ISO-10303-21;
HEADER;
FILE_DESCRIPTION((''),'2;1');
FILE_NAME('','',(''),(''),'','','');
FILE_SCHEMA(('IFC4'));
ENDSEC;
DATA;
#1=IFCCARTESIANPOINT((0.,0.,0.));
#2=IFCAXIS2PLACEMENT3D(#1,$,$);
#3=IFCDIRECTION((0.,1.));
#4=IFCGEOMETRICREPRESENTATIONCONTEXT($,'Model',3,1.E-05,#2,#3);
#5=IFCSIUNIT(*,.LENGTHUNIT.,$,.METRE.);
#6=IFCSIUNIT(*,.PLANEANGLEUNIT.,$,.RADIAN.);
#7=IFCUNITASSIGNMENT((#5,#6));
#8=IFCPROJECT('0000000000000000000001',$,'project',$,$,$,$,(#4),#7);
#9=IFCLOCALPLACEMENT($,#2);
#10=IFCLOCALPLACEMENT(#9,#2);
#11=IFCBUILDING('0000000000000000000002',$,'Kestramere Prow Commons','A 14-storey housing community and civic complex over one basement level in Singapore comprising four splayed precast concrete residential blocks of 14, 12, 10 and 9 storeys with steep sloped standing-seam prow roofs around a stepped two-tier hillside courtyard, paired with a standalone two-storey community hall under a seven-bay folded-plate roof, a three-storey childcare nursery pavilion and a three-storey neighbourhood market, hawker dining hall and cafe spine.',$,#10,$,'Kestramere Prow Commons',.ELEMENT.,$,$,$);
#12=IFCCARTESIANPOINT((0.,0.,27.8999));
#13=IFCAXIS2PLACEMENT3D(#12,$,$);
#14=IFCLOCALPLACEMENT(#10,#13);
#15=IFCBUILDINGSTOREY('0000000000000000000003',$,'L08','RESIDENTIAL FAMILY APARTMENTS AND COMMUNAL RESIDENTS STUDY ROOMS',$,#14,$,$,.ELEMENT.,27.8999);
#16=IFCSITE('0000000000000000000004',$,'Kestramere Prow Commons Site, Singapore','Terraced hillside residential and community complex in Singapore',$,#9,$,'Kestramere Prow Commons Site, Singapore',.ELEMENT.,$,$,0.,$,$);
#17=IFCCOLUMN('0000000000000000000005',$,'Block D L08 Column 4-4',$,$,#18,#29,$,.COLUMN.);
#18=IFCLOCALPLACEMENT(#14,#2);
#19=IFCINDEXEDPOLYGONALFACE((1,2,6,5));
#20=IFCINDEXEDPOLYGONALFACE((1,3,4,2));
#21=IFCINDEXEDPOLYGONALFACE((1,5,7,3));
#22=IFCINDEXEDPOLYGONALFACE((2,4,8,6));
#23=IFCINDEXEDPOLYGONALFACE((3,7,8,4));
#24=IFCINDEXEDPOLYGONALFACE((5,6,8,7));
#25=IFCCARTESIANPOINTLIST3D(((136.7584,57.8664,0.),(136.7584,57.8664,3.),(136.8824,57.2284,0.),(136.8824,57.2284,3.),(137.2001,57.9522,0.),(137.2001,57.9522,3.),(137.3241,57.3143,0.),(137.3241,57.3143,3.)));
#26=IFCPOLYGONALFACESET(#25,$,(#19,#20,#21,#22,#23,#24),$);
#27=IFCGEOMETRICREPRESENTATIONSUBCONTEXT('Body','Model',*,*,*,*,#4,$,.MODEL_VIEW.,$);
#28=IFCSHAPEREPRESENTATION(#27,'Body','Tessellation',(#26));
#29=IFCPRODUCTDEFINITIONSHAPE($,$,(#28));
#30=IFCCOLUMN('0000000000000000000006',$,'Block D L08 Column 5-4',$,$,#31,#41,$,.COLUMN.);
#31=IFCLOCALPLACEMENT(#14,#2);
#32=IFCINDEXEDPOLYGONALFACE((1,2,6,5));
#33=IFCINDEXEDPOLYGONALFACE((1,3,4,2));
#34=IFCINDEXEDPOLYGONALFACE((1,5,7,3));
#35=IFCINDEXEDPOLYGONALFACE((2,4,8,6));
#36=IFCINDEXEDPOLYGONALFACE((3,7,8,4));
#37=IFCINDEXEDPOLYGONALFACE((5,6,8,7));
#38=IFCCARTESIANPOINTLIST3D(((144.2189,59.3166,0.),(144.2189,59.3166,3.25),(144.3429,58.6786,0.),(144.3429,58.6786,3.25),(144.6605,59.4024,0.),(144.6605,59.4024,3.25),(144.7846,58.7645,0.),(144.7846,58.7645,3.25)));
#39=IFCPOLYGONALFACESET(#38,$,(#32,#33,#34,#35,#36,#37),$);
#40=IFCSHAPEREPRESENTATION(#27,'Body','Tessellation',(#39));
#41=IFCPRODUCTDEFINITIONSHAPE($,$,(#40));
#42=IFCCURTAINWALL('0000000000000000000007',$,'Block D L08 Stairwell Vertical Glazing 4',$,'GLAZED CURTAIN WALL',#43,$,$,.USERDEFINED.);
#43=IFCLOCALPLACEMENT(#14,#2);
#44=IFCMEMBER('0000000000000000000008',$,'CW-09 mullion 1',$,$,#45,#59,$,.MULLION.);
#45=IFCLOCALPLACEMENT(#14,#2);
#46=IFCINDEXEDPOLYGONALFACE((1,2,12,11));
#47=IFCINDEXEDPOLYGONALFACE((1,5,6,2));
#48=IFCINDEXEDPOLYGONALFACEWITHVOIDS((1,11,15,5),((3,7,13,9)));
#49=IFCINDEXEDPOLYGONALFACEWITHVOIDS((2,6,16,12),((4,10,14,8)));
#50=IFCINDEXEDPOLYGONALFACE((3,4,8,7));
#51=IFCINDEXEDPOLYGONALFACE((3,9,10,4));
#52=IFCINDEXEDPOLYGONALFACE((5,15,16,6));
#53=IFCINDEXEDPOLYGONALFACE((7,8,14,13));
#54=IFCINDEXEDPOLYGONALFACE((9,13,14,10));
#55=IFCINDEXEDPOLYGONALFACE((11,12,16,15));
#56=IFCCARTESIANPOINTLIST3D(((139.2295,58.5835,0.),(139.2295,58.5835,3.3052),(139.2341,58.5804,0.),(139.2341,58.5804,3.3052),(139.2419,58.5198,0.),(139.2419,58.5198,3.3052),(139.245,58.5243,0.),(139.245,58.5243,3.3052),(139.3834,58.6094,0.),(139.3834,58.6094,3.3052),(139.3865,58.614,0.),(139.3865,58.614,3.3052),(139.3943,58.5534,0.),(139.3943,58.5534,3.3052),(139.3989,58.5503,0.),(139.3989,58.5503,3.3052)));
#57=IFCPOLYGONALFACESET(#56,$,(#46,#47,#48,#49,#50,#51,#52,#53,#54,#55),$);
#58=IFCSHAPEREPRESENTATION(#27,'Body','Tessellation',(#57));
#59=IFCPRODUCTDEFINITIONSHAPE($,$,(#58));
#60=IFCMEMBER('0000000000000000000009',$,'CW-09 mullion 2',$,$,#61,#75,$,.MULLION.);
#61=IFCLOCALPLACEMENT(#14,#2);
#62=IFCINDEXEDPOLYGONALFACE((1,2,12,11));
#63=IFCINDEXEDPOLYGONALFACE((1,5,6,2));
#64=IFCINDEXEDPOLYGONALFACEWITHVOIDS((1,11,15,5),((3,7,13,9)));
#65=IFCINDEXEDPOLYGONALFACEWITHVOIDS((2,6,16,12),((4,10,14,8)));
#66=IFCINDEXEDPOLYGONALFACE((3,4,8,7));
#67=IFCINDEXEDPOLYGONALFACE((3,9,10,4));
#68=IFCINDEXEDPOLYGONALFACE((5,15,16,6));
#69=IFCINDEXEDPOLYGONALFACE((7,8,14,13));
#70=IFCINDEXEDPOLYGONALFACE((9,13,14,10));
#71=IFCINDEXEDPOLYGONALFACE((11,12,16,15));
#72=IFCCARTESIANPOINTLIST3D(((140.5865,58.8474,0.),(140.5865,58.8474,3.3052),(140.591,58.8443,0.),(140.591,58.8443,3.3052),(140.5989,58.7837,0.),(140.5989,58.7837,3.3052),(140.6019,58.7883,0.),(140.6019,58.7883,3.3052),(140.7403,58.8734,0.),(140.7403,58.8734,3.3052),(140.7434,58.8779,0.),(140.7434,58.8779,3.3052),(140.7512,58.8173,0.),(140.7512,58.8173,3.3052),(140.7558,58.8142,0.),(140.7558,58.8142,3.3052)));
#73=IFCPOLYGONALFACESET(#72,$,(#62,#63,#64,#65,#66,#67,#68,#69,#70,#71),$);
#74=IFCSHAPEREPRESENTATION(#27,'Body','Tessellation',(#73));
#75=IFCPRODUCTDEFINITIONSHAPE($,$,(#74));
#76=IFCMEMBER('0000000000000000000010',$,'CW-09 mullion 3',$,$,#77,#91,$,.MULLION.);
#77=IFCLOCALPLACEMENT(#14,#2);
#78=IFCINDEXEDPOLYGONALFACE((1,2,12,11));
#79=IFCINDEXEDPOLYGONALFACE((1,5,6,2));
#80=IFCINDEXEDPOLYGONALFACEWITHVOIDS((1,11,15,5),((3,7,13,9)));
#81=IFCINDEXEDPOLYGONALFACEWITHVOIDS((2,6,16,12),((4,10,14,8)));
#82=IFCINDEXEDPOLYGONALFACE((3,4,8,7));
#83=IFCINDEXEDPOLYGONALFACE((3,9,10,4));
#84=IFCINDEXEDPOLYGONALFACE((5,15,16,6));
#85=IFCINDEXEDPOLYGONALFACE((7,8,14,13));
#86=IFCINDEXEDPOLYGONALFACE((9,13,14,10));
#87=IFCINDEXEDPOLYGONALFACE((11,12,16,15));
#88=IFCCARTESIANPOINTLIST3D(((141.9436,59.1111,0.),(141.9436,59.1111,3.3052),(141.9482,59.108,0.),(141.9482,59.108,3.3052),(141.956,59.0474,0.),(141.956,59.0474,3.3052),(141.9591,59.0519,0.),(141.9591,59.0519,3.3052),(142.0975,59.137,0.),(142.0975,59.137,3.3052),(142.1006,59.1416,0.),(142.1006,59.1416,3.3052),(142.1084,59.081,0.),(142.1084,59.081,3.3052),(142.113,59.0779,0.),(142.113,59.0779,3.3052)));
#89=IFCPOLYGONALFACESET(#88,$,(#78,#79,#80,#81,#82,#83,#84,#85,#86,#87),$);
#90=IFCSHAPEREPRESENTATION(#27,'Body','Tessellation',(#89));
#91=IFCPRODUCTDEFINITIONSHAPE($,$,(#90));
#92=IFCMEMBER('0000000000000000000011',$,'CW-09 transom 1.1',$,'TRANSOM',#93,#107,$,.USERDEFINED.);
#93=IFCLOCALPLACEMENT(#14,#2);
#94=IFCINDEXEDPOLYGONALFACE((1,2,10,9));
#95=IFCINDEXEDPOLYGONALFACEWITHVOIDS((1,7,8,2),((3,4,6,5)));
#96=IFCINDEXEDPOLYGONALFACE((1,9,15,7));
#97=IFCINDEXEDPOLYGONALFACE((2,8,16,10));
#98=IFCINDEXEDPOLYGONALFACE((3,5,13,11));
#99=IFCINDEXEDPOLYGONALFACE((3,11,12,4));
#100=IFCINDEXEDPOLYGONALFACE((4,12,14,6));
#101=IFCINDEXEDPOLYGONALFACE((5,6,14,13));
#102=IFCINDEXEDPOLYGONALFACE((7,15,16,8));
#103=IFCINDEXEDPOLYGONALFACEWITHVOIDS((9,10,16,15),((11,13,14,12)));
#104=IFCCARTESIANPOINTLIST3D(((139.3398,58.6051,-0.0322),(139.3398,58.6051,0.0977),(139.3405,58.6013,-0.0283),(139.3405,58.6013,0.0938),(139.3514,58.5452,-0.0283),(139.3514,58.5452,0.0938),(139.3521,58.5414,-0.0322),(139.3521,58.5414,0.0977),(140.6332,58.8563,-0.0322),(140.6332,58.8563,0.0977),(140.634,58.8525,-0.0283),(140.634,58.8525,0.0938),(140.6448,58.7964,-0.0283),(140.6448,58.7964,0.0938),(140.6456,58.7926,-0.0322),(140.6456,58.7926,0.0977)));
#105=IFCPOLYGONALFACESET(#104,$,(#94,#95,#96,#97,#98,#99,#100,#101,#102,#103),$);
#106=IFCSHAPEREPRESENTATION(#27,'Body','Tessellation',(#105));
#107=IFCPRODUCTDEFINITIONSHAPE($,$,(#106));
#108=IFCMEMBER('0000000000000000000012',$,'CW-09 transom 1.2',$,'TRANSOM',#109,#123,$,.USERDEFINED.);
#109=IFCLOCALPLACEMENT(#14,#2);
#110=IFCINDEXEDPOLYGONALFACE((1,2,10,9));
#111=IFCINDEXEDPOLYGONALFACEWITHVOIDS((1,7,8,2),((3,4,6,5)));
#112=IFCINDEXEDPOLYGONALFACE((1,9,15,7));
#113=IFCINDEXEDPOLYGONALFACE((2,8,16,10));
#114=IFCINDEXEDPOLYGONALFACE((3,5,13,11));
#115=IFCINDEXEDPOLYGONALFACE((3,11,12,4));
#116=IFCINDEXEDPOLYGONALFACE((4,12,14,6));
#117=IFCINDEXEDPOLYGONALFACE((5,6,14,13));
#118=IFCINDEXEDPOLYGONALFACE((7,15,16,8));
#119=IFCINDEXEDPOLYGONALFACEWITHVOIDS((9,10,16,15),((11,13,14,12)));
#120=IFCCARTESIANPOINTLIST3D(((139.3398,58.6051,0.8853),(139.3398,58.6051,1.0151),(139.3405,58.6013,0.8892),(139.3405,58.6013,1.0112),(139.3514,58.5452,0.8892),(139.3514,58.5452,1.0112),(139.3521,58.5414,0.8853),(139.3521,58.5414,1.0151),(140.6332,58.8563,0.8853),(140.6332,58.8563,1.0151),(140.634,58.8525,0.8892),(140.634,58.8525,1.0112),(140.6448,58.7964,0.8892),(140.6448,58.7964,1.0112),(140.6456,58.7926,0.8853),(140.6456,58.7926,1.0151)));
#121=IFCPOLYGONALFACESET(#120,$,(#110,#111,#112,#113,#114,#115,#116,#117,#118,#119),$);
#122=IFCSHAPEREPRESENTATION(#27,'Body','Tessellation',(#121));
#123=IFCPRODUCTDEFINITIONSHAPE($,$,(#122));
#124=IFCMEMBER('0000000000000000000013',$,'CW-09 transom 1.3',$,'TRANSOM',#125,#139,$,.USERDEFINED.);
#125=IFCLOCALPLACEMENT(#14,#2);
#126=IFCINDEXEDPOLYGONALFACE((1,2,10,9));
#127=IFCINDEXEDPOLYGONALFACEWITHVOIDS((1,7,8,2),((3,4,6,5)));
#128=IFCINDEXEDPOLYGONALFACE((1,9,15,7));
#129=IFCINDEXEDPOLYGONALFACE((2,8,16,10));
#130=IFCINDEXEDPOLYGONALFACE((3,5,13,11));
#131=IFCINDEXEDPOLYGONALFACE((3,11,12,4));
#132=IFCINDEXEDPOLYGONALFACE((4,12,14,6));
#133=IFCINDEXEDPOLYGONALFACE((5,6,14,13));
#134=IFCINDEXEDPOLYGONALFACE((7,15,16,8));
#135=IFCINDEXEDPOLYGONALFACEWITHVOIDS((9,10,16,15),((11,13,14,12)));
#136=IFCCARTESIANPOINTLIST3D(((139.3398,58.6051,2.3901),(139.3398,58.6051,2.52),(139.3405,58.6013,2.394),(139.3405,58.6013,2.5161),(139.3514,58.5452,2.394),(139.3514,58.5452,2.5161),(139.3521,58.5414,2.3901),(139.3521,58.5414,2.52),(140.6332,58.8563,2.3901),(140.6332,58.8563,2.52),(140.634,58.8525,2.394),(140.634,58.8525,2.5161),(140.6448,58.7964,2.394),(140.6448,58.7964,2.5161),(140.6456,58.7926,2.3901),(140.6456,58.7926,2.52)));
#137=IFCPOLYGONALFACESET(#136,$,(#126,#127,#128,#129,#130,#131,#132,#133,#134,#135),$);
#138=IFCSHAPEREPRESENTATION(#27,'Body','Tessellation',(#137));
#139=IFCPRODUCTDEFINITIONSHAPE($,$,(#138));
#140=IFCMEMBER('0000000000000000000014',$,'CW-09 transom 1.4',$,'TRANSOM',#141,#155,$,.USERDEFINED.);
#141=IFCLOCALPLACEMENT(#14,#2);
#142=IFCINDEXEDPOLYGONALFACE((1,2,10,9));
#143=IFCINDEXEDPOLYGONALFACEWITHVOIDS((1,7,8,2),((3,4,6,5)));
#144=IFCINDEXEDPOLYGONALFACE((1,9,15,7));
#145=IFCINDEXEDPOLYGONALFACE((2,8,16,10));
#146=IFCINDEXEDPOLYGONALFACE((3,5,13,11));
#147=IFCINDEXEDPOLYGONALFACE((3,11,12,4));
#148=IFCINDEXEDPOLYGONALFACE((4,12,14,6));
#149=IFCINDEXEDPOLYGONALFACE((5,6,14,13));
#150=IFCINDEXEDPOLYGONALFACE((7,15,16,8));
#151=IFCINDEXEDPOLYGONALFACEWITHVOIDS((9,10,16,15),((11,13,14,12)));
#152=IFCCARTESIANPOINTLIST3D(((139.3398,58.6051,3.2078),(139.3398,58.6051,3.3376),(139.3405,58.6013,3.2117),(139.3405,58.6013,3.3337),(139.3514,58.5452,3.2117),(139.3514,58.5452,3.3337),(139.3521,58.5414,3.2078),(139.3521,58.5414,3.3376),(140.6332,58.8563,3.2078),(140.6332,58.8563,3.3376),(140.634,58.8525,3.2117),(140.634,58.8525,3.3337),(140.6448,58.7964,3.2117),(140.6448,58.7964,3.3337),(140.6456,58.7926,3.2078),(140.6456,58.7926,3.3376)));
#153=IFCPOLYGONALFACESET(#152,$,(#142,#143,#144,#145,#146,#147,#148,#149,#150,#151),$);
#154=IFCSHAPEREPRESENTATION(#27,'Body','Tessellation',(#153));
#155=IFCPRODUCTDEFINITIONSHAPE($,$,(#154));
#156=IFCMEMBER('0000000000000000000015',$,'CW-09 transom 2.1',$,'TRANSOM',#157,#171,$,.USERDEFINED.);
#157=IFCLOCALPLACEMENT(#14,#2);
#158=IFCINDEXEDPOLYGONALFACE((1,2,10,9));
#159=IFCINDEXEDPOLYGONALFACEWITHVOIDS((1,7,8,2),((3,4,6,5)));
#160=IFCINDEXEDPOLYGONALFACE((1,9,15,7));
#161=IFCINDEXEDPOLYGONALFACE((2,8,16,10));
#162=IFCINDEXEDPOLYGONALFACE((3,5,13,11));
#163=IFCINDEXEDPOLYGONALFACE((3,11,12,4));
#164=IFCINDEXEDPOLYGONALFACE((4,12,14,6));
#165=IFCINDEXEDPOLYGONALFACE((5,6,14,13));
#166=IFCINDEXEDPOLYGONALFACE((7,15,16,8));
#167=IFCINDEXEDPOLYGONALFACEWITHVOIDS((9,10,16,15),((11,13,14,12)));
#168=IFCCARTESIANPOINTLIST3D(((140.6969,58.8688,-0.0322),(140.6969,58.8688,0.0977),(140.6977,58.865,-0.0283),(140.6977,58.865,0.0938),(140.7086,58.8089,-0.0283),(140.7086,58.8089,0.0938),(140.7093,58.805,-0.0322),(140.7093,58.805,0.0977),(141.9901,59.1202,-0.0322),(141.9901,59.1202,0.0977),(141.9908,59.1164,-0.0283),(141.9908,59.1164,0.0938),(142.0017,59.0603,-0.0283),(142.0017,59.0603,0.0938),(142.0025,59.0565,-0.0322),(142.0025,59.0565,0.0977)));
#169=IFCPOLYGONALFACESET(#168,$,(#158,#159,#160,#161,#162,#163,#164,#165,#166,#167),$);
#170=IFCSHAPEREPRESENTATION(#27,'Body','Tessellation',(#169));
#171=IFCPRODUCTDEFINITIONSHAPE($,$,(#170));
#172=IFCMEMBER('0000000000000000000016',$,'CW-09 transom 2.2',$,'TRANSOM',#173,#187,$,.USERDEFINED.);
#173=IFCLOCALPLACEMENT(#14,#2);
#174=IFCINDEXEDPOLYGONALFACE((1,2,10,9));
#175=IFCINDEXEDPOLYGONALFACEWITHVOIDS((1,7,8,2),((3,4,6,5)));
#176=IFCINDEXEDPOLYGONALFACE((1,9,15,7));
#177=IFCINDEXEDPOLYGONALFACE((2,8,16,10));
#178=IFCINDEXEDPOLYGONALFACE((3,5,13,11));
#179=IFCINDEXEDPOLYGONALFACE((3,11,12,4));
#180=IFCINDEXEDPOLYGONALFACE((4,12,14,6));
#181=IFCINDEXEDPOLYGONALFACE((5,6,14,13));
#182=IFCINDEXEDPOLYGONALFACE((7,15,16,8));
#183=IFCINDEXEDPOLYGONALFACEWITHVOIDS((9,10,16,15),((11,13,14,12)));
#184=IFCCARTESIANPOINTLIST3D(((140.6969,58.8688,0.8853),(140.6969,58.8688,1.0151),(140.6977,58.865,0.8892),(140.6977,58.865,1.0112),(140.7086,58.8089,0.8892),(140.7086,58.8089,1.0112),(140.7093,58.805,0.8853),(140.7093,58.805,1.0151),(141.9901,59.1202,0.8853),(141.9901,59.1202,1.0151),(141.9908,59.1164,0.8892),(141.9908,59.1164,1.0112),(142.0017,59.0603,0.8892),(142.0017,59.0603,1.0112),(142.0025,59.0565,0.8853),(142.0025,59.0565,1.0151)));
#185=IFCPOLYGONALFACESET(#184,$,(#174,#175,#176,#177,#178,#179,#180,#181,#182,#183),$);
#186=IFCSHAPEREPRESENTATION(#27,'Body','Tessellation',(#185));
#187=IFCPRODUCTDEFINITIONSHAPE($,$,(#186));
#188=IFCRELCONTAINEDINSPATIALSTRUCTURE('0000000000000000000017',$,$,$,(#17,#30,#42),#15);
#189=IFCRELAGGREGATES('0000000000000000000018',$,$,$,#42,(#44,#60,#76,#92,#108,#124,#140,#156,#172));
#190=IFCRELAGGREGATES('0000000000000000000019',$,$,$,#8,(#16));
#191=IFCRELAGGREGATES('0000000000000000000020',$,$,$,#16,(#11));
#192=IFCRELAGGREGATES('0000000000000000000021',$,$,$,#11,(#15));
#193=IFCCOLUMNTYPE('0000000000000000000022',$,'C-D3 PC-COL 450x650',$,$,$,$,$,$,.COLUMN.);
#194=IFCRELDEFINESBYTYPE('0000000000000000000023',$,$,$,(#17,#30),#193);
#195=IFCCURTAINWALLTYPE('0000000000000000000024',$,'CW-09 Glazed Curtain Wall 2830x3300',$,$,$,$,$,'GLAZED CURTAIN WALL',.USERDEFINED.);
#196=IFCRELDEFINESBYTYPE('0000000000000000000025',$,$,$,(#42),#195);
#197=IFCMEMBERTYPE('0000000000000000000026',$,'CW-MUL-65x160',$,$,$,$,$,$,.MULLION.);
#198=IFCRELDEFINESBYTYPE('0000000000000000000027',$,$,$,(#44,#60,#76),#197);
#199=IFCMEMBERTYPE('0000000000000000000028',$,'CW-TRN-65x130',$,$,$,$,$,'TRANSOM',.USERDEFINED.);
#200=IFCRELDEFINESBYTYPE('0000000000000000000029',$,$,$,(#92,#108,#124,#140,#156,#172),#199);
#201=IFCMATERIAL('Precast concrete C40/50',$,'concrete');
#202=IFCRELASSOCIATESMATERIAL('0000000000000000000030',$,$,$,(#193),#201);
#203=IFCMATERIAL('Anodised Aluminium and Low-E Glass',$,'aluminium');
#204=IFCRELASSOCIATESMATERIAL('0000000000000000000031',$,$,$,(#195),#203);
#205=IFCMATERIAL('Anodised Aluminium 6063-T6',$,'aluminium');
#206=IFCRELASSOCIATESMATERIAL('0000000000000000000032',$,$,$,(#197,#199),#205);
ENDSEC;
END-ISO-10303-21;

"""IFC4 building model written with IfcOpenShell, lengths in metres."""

from ifc_helpers import new_model, si_unit, direction, frame, origin, origin_2d, place, context, subcontext, project, spatial, rectangle, hollow_rectangle, extrude, material, material_profile, profile_set, type_object, element, aggregate, save


model = new_model("IFC4")

# Units and contexts
model_context = context("Model", 3, precision=1e-05, world=origin(), true_north=direction((0.0, 1.0)))
body_context = subcontext(model_context, "Body", "Model", "MODEL_VIEW")
ifc_project = project(units=[si_unit("LENGTHUNIT", "METRE"), si_unit("PLANEANGLEUNIT", "RADIAN")], contexts=[model_context])

# Site, building, storey
site_placement = place(None, origin())
site = spatial("IfcSite", under=ifc_project, at=site_placement, Name="Kestramere Prow Commons Site, Singapore", Description="Terraced hillside residential and community complex in Singapore", LongName="Kestramere Prow Commons Site, Singapore", CompositionType="ELEMENT", RefElevation=0.0)
building_placement = place(site_placement, origin())
building = spatial("IfcBuilding", under=site, at=building_placement, Name="Kestramere Prow Commons", Description="A 14-storey housing community and civic complex over one basement level in Singapore comprising four splayed precast concrete residential blocks of 14, 12, 10 and 9 storeys with steep sloped standing-seam prow roofs around a stepped two-tier hillside courtyard, paired with a standalone two-storey community hall under a seven-bay folded-plate roof, a three-storey childcare nursery pavilion and a three-storey neighbourhood market, hawker dining hall and cafe spine.", LongName="Kestramere Prow Commons", CompositionType="ELEMENT")
storey_placement = place(building_placement, frame((0.0, 0.0, 27.8999)))
storey = spatial("IfcBuildingStorey", under=building, at=storey_placement, Name="L08", Description="RESIDENTIAL FAMILY APARTMENTS AND COMMUNAL RESIDENTS STUDY ROOMS", CompositionType="ELEMENT", Elevation=27.8999)

# Columns
ifc_material_1 = material(Name="Precast concrete C40/50", Category="concrete")
ifc_material_profile_1 = material_profile(ifc_material_1, rectangle(XDim=0.45, YDim=0.6499, at=origin_2d()), Name="PC-COL 450x650")
ifc_profile_set_1 = profile_set([ifc_material_profile_1], Name="Precast concrete C40/50")
column_type = type_object("IfcColumnType", Name="C-D3 PC-COL 450x650", PredefinedType="COLUMN", material=ifc_profile_set_1)
column_1_placement = place(storey_placement, frame((137.0413, 57.5903, 0.0), z_axis=(0.0, 0.0, 1.0), x_axis=(0.981627, 0.190809, 0.0)))
element("IfcColumn", 1, at=column_1_placement, inside=storey, type_object=column_type, Name="Block D L08 Column 4-4", PredefinedType="COLUMN", context=body_context, shape_type="SweptSolid", body=[
    extrude(rectangle(XDim=0.45, YDim=0.6499, at=origin_2d()), origin(), (0.0, 0.0, 1.0), 3.0),
])
column_2_placement = place(storey_placement, frame((144.5017, 59.0405, 0.0), z_axis=(0.0, 0.0, 1.0), x_axis=(0.981627, 0.190809, 0.0)))
element("IfcColumn", 2, at=column_2_placement, inside=storey, type_object=column_type, Name="Block D L08 Column 5-4", PredefinedType="COLUMN", context=body_context, shape_type="SweptSolid", body=[
    extrude(rectangle(XDim=0.45, YDim=0.6499, at=origin_2d()), origin(), (0.0, 0.0, 1.0), 3.25),
])

# Curtain wall, members
ifc_material_2 = material(Name="Anodised Aluminium and Low-E Glass", Category="aluminium")
curtain_wall_type = type_object("IfcCurtainWallType", Name="CW-09 Glazed Curtain Wall 2830x3300", ElementType="GLAZED CURTAIN WALL", PredefinedType="USERDEFINED", material=ifc_material_2)
curtain_wall_placement = place(storey_placement, origin())
curtain_wall = element("IfcCurtainWall", 3, at=curtain_wall_placement, inside=storey, type_object=curtain_wall_type, Name="Block D L08 Stairwell Vertical Glazing 4", ObjectType="GLAZED CURTAIN WALL", PredefinedType="USERDEFINED")
ifc_material_3 = material(Name="Anodised Aluminium 6063-T6", Category="aluminium")
ifc_material_profile_2 = material_profile(ifc_material_3, hollow_rectangle(XDim=0.0649, YDim=0.1599, WallThickness=0.0039, at=origin_2d()), Name="ALU-MUL 65x160")
ifc_profile_set_2 = profile_set([ifc_material_profile_2], Name="Anodised Aluminium 6063-T6")
member_type_1 = type_object("IfcMemberType", Name="CW-MUL-65x160", PredefinedType="MULLION", material=ifc_profile_set_2)
member_1_placement = place(storey_placement, frame((139.3142, 58.5669, 0.0), z_axis=(0.0, 0.0, 1.0), x_axis=(-0.190809, 0.981627, 0.0)))
member_1 = element("IfcMember", 4, at=member_1_placement, type_object=member_type_1, Name="CW-09 mullion 1", PredefinedType="MULLION", context=body_context, shape_type="SweptSolid", body=[
    extrude(hollow_rectangle(XDim=0.0649, YDim=0.1599, WallThickness=0.0039, at=origin_2d()), origin(), (0.0, 0.0, 1.0), 3.3052),
])
member_2_placement = place(storey_placement, frame((140.6711, 58.8308, 0.0), z_axis=(0.0, 0.0, 1.0), x_axis=(-0.190809, 0.981627, 0.0)))
member_2 = element("IfcMember", 5, at=member_2_placement, type_object=member_type_1, Name="CW-09 mullion 2", PredefinedType="MULLION", context=body_context, shape_type="SweptSolid", body=[
    extrude(hollow_rectangle(XDim=0.0649, YDim=0.1599, WallThickness=0.0039, at=origin_2d()), origin(), (0.0, 0.0, 1.0), 3.3052),
])
member_3_placement = place(storey_placement, frame((142.0283, 59.0945, 0.0), z_axis=(0.0, 0.0, 1.0), x_axis=(-0.190809, 0.981627, 0.0)))
member_3 = element("IfcMember", 6, at=member_3_placement, type_object=member_type_1, Name="CW-09 mullion 3", PredefinedType="MULLION", context=body_context, shape_type="SweptSolid", body=[
    extrude(hollow_rectangle(XDim=0.0649, YDim=0.1599, WallThickness=0.0039, at=origin_2d()), origin(), (0.0, 0.0, 1.0), 3.3052),
])
ifc_material_profile_3 = material_profile(ifc_material_3, hollow_rectangle(XDim=0.0649, YDim=0.1299, WallThickness=0.0039, at=origin_2d()), Name="ALU-TRN 65x130")
ifc_profile_set_3 = profile_set([ifc_material_profile_3], Name="Anodised Aluminium 6063-T6")
member_type_2 = type_object("IfcMemberType", Name="CW-TRN-65x130", ElementType="TRANSOM", PredefinedType="USERDEFINED", material=ifc_profile_set_3)
member_4_placement = place(storey_placement, frame((139.3459, 58.5732, 0.0327), z_axis=(0.981656, 0.190661, 0.0), x_axis=(-0.190661, 0.981656, 0.0)))
member_4 = element("IfcMember", 7, at=member_4_placement, type_object=member_type_2, Name="CW-09 transom 1.1", ObjectType="TRANSOM", PredefinedType="USERDEFINED", context=body_context, shape_type="SweptSolid", body=[
    extrude(hollow_rectangle(XDim=0.0649, YDim=0.1299, WallThickness=0.0039, at=origin_2d()), origin(), (0.0, 0.0, 1.0), 1.3176),
])
member_5_placement = place(storey_placement, frame((139.3459, 58.5732, 0.9502), z_axis=(0.981656, 0.190661, 0.0), x_axis=(-0.190661, 0.981656, 0.0)))
member_5 = element("IfcMember", 8, at=member_5_placement, type_object=member_type_2, Name="CW-09 transom 1.2", ObjectType="TRANSOM", PredefinedType="USERDEFINED", context=body_context, shape_type="SweptSolid", body=[
    extrude(hollow_rectangle(XDim=0.0649, YDim=0.1299, WallThickness=0.0039, at=origin_2d()), origin(), (0.0, 0.0, 1.0), 1.3176),
])
member_6_placement = place(storey_placement, frame((139.3459, 58.5732, 2.4551), z_axis=(0.981656, 0.190661, 0.0), x_axis=(-0.190661, 0.981656, 0.0)))
member_6 = element("IfcMember", 9, at=member_6_placement, type_object=member_type_2, Name="CW-09 transom 1.3", ObjectType="TRANSOM", PredefinedType="USERDEFINED", context=body_context, shape_type="SweptSolid", body=[
    extrude(hollow_rectangle(XDim=0.0649, YDim=0.1299, WallThickness=0.0039, at=origin_2d()), origin(), (0.0, 0.0, 1.0), 1.3176),
])
member_7_placement = place(storey_placement, frame((139.3459, 58.5732, 3.2727), z_axis=(0.981656, 0.190661, 0.0), x_axis=(-0.190661, 0.981656, 0.0)))
member_7 = element("IfcMember", 10, at=member_7_placement, type_object=member_type_2, Name="CW-09 transom 1.4", ObjectType="TRANSOM", PredefinedType="USERDEFINED", context=body_context, shape_type="SweptSolid", body=[
    extrude(hollow_rectangle(XDim=0.0649, YDim=0.1299, WallThickness=0.0039, at=origin_2d()), origin(), (0.0, 0.0, 1.0), 1.3176),
])
member_8_placement = place(storey_placement, frame((140.7031, 58.8369, 0.0327), z_axis=(0.981614, 0.190875, 0.0), x_axis=(-0.190875, 0.981614, 0.0)))
member_8 = element("IfcMember", 11, at=member_8_placement, type_object=member_type_2, Name="CW-09 transom 2.1", ObjectType="TRANSOM", PredefinedType="USERDEFINED", context=body_context, shape_type="SweptSolid", body=[
    extrude(hollow_rectangle(XDim=0.0649, YDim=0.1299, WallThickness=0.0039, at=origin_2d()), origin(), (0.0, 0.0, 1.0), 1.3174),
])
member_9_placement = place(storey_placement, frame((140.7031, 58.8369, 0.9502), z_axis=(0.981614, 0.190875, 0.0), x_axis=(-0.190875, 0.981614, 0.0)))
member_9 = element("IfcMember", 12, at=member_9_placement, type_object=member_type_2, Name="CW-09 transom 2.2", ObjectType="TRANSOM", PredefinedType="USERDEFINED", context=body_context, shape_type="SweptSolid", body=[
    extrude(hollow_rectangle(XDim=0.0649, YDim=0.1299, WallThickness=0.0039, at=origin_2d()), origin(), (0.0, 0.0, 1.0), 1.3174),
])

aggregate(curtain_wall, [member_1, member_2, member_3, member_4, member_5, member_6, member_7, member_8, member_9])

save(model, "model.ifc")
